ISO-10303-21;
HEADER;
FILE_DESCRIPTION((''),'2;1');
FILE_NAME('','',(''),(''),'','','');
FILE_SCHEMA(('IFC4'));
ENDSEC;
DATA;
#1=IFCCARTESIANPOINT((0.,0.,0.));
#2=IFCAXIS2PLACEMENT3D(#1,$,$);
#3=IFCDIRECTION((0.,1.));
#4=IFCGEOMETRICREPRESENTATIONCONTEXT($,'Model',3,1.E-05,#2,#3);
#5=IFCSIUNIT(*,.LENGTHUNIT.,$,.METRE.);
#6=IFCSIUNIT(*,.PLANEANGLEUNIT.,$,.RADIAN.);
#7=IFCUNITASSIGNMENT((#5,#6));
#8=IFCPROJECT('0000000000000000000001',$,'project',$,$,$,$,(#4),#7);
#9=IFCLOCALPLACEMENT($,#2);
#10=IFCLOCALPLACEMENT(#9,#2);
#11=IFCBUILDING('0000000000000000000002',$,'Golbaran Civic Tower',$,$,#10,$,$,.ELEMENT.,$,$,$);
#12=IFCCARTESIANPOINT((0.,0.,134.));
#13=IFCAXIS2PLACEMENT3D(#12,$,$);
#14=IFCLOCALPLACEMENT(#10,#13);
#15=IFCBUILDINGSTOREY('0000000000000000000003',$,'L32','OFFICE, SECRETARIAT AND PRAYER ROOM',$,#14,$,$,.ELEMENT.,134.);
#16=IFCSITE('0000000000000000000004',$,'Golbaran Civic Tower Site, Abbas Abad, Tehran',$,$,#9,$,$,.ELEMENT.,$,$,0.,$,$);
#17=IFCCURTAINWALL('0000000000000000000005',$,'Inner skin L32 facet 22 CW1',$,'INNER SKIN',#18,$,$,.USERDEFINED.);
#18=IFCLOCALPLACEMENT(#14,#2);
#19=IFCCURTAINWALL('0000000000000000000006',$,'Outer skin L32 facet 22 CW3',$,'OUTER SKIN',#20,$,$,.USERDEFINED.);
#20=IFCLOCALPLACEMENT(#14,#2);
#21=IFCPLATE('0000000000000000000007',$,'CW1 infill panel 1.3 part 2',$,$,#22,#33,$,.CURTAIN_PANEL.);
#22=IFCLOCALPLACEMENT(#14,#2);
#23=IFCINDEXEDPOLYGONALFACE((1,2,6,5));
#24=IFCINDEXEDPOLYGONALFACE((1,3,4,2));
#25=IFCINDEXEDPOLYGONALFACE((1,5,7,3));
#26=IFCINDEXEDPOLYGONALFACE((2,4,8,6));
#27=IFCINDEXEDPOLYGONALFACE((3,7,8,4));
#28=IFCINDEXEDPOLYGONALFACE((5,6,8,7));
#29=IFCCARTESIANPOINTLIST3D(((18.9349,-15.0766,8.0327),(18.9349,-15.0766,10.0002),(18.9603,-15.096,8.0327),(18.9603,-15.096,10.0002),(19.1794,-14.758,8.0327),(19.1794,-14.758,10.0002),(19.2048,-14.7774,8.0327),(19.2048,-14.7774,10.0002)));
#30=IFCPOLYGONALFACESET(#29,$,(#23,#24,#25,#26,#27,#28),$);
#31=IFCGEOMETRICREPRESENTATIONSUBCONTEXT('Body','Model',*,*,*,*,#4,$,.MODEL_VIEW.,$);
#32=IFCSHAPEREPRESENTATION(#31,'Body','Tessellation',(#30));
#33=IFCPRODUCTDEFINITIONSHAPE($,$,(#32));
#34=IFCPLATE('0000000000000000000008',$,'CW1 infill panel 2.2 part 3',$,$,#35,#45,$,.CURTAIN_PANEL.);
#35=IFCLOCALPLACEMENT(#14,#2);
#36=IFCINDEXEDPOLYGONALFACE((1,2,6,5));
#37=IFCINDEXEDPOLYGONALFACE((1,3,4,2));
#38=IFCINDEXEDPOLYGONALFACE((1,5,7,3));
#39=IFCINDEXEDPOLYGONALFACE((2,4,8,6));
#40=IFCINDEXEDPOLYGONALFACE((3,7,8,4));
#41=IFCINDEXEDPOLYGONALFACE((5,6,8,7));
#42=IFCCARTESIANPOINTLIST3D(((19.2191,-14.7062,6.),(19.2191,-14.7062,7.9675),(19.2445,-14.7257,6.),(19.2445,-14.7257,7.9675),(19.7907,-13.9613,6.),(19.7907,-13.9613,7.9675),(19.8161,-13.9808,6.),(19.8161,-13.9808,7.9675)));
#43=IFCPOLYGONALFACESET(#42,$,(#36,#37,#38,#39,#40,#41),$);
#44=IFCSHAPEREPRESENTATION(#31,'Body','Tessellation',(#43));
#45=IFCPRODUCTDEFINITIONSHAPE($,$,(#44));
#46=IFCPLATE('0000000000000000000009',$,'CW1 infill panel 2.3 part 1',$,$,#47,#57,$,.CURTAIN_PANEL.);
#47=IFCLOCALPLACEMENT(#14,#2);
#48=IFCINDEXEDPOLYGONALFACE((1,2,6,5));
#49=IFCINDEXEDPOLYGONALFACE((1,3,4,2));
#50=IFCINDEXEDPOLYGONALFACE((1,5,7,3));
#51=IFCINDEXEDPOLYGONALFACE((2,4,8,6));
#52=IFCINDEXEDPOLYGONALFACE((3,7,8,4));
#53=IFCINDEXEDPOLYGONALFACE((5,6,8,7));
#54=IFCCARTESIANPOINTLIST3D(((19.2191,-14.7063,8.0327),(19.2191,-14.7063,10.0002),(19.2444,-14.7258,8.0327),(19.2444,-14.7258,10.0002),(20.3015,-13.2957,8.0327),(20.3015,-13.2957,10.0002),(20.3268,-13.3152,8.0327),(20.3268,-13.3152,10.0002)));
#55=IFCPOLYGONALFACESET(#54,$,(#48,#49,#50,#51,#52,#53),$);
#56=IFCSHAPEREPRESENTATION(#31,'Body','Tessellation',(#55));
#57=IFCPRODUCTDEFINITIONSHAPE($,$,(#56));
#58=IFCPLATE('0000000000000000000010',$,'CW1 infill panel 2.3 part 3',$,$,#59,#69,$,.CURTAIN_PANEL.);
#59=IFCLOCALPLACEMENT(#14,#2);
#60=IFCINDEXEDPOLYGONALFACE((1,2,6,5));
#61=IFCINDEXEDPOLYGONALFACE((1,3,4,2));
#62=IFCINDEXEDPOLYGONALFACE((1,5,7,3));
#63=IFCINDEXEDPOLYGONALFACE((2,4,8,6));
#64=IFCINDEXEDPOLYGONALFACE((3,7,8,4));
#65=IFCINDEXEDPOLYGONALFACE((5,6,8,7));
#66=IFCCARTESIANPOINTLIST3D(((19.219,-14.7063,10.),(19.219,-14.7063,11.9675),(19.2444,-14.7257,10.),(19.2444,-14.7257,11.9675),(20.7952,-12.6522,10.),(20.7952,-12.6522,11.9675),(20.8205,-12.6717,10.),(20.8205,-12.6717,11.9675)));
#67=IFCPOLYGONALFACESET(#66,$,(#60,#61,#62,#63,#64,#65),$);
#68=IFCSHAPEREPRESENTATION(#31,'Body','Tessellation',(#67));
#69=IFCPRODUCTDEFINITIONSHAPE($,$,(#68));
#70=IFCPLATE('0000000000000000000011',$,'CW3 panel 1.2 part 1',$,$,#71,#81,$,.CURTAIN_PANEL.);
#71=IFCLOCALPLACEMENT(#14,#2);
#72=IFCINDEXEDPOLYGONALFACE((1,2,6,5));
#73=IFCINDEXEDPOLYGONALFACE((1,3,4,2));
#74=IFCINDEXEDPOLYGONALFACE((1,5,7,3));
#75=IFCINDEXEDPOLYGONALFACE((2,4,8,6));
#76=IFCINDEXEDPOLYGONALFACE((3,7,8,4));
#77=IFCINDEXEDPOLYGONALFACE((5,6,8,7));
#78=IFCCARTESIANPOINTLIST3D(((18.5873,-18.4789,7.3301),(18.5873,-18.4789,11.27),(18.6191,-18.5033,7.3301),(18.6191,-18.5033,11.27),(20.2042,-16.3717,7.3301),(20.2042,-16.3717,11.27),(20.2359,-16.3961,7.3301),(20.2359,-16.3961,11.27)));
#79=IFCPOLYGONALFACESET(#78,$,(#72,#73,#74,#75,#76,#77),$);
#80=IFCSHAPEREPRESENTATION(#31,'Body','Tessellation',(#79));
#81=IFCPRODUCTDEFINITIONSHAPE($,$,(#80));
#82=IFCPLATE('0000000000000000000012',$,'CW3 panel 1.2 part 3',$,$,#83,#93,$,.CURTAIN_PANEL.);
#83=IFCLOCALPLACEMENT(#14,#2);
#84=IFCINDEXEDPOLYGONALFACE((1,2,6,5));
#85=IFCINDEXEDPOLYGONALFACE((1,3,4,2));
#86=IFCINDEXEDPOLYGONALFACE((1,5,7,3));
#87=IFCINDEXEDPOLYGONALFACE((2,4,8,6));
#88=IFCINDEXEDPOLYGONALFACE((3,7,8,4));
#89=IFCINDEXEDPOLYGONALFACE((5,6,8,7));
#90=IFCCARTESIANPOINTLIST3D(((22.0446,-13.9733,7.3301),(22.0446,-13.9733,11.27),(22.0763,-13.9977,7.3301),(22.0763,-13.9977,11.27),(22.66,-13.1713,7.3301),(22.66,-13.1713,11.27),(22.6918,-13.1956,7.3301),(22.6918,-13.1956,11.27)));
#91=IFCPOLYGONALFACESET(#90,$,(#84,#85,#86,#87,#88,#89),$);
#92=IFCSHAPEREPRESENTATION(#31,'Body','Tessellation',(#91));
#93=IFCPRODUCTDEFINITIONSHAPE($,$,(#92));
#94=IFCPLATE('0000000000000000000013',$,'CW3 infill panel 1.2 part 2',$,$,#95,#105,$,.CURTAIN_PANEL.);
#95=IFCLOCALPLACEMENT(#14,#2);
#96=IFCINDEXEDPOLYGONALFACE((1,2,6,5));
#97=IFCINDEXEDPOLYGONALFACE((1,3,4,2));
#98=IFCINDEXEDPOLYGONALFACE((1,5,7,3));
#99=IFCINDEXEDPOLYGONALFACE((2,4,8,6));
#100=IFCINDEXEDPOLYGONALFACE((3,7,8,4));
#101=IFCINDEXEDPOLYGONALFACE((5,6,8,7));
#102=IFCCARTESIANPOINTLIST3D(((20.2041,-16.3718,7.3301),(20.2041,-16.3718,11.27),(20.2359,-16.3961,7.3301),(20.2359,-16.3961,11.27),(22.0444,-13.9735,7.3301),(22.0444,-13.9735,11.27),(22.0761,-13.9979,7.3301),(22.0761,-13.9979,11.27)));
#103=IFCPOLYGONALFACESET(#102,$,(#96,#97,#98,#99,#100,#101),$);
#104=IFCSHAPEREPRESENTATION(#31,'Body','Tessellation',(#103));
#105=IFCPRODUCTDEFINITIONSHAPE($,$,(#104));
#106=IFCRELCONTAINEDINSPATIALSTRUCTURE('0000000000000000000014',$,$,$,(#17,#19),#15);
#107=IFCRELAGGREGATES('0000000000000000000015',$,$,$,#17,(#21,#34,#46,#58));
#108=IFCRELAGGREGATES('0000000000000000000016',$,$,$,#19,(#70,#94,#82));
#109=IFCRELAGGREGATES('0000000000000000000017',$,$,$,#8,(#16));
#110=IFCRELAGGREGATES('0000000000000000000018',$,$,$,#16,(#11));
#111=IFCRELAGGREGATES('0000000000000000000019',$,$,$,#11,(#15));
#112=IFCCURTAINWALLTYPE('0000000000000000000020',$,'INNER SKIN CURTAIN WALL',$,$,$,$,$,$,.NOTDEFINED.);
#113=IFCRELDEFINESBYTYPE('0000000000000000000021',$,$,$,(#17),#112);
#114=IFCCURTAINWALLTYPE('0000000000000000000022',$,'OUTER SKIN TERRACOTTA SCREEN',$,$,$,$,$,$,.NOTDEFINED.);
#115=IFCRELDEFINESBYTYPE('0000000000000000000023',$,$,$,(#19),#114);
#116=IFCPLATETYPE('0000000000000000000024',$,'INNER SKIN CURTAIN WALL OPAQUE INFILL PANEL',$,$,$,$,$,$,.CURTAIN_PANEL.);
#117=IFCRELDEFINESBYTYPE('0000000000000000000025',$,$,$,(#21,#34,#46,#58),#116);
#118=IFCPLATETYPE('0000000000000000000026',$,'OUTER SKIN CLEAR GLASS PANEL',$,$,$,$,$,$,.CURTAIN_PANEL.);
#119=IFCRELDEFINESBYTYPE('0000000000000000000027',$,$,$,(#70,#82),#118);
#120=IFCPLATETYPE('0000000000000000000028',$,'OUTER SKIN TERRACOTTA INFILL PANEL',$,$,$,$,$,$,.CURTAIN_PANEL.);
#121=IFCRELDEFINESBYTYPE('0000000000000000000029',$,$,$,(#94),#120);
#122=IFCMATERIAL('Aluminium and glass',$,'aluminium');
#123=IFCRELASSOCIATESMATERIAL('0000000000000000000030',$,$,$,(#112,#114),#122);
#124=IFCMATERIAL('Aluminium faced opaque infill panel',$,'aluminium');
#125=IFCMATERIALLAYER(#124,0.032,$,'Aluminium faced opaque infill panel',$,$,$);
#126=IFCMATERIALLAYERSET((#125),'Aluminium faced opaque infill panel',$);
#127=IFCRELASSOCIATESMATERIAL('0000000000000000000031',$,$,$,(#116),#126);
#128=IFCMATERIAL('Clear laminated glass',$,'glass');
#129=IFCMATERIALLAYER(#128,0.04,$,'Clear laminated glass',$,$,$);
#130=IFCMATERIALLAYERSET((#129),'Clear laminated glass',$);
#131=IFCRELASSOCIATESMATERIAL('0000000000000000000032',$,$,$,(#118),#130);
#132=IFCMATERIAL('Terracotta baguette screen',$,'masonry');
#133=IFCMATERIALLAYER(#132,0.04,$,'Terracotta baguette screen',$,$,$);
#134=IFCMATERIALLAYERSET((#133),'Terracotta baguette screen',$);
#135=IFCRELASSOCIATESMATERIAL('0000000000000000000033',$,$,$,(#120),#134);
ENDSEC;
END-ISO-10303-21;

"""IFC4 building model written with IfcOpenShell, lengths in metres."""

from ifc_helpers import new_model, si_unit, direction, frame, origin, origin_2d, place, context, subcontext, project, spatial, rectangle, extrude, material, layer, layer_set, type_object, element, aggregate, save


model = new_model("IFC4")

# Units and contexts
model_context = context("Model", 3, precision=1e-05, world=origin(), true_north=direction((0.0, 1.0)))
body_context = subcontext(model_context, "Body", "Model", "MODEL_VIEW")
ifc_project = project(units=[si_unit("LENGTHUNIT", "METRE"), si_unit("PLANEANGLEUNIT", "RADIAN")], contexts=[model_context])

# Site, building, storey
site_placement = place(None, origin())
site = spatial("IfcSite", under=ifc_project, at=site_placement, Name="Golbaran Civic Tower Site, Abbas Abad, Tehran", CompositionType="ELEMENT", RefElevation=0.0)
building_placement = place(site_placement, origin())
building = spatial("IfcBuilding", under=site, at=building_placement, Name="Golbaran Civic Tower", CompositionType="ELEMENT")
storey_placement = place(building_placement, frame((0.0, 0.0, 134.0)))
storey = spatial("IfcBuildingStorey", under=building, at=storey_placement, Name="L32", Description="OFFICE, SECRETARIAT AND PRAYER ROOM", CompositionType="ELEMENT", Elevation=134.0)

# Curtain wall
ifc_material_1 = material(Name="Aluminium and glass", Category="aluminium")
curtain_wall_type_1 = type_object("IfcCurtainWallType", Name="INNER SKIN CURTAIN WALL", PredefinedType="NOTDEFINED", material=ifc_material_1)
curtain_wall_1_placement = place(storey_placement, origin())
curtain_wall_1 = element("IfcCurtainWall", 1, at=curtain_wall_1_placement, inside=storey, type_object=curtain_wall_type_1, Name="Inner skin L32 facet 22 CW1", ObjectType="INNER SKIN", PredefinedType="USERDEFINED")

# Curtain wall
curtain_wall_type_2 = type_object("IfcCurtainWallType", Name="OUTER SKIN TERRACOTTA SCREEN", PredefinedType="NOTDEFINED", material=ifc_material_1)
curtain_wall_2_placement = place(storey_placement, origin())
curtain_wall_2 = element("IfcCurtainWall", 2, at=curtain_wall_2_placement, inside=storey, type_object=curtain_wall_type_2, Name="Outer skin L32 facet 22 CW3", ObjectType="OUTER SKIN", PredefinedType="USERDEFINED")

# Plates
ifc_material_2 = material(Name="Aluminium faced opaque infill panel", Category="aluminium")
ifc_layer_1 = layer(ifc_material_2, 0.032, Name="Aluminium faced opaque infill panel")
ifc_layer_set_1 = layer_set([ifc_layer_1], Name="Aluminium faced opaque infill panel")
plate_type_1 = type_object("IfcPlateType", Name="INNER SKIN CURTAIN WALL OPAQUE INFILL PANEL", PredefinedType="CURTAIN_PANEL", material=ifc_layer_set_1)
plate_1_placement = place(storey_placement, frame((19.0698, -14.927, 8.0327), z_axis=(0.0, 0.0, 1.0), x_axis=(0.608761, 0.793353, 0.0)))
plate_1 = element("IfcPlate", 3, at=plate_1_placement, type_object=plate_type_1, Name="CW1 infill panel 1.3 part 2", PredefinedType="CURTAIN_PANEL", context=body_context, shape_type="SweptSolid", body=[
    extrude(rectangle(XDim=0.4016, YDim=0.032, at=origin_2d()), origin(), (0.0, 0.0, 1.0), 1.9675),
])
plate_2_placement = place(storey_placement, frame((19.5176, -14.3435, 6.0), z_axis=(0.0, 0.0, 1.0), x_axis=(0.608761, 0.793353, 0.0)))
plate_2 = element("IfcPlate", 4, at=plate_2_placement, type_object=plate_type_1, Name="CW1 infill panel 2.2 part 3", PredefinedType="CURTAIN_PANEL", context=body_context, shape_type="SweptSolid", body=[
    extrude(rectangle(XDim=0.939, YDim=0.032, at=origin_2d()), origin(), (0.0, 0.0, 1.0), 1.9675),
])
plate_3_placement = place(storey_placement, frame((19.7729, -14.0107, 8.0327), z_axis=(0.0, 0.0, 1.0), x_axis=(0.608761, 0.793353, 0.0)))
plate_3 = element("IfcPlate", 5, at=plate_3_placement, type_object=plate_type_1, Name="CW1 infill panel 2.3 part 1", PredefinedType="CURTAIN_PANEL", context=body_context, shape_type="SweptSolid", body=[
    extrude(rectangle(XDim=1.7781, YDim=0.032, at=origin_2d()), origin(), (0.0, 0.0, 1.0), 1.9675),
])
plate_4_placement = place(storey_placement, frame((20.0198, -13.689, 10.0), z_axis=(0.0, 0.0, 1.0), x_axis=(0.608761, 0.793353, 0.0)))
plate_4 = element("IfcPlate", 6, at=plate_4_placement, type_object=plate_type_1, Name="CW1 infill panel 2.3 part 3", PredefinedType="CURTAIN_PANEL", context=body_context, shape_type="SweptSolid", body=[
    extrude(rectangle(XDim=2.5891, YDim=0.032, at=origin_2d()), origin(), (0.0, 0.0, 1.0), 1.9675),
])
aggregate(curtain_wall_1, [plate_1, plate_2, plate_3, plate_4])
ifc_material_3 = material(Name="Clear laminated glass", Category="glass")
ifc_layer_2 = layer(ifc_material_3, 0.04, Name="Clear laminated glass")
ifc_layer_set_2 = layer_set([ifc_layer_2], Name="Clear laminated glass")
plate_type_2 = type_object("IfcPlateType", Name="OUTER SKIN CLEAR GLASS PANEL", PredefinedType="CURTAIN_PANEL", material=ifc_layer_set_2)
plate_5_placement = place(storey_placement, frame((19.4116, -17.4375, 7.3301), z_axis=(0.0, 0.0, 1.0), x_axis=(0.608761, 0.793353, 0.0)))
plate_5 = element("IfcPlate", 7, at=plate_5_placement, type_object=plate_type_2, Name="CW3 panel 1.2 part 1", PredefinedType="CURTAIN_PANEL", context=body_context, shape_type="SweptSolid", body=[
    extrude(rectangle(XDim=2.656, YDim=0.04, at=origin_2d()), origin(), (0.0, 0.0, 1.0), 3.9399),
])
plate_6_placement = place(storey_placement, frame((22.3682, -13.5845, 7.3301), z_axis=(0.0, 0.0, 1.0), x_axis=(0.608761, 0.793353, 0.0)))
plate_6 = element("IfcPlate", 8, at=plate_6_placement, type_object=plate_type_2, Name="CW3 panel 1.2 part 3", PredefinedType="CURTAIN_PANEL", context=body_context, shape_type="SweptSolid", body=[
    extrude(rectangle(XDim=1.011, YDim=0.04, at=origin_2d()), origin(), (0.0, 0.0, 1.0), 3.9399),
])
ifc_material_4 = material(Name="Terracotta baguette screen", Category="masonry")
ifc_layer_3 = layer(ifc_material_4, 0.04, Name="Terracotta baguette screen")
ifc_layer_set_3 = layer_set([ifc_layer_3], Name="Terracotta baguette screen")
plate_type_3 = type_object("IfcPlateType", Name="OUTER SKIN TERRACOTTA INFILL PANEL", PredefinedType="CURTAIN_PANEL", material=ifc_layer_set_3)
plate_7_placement = place(storey_placement, frame((21.1401, -15.1848, 7.3301), z_axis=(0.0, 0.0, 1.0), x_axis=(0.608761, 0.793353, 0.0)))
plate_7 = element("IfcPlate", 9, at=plate_7_placement, type_object=plate_type_3, Name="CW3 infill panel 1.2 part 2", PredefinedType="CURTAIN_PANEL", context=body_context, shape_type="SweptSolid", body=[
    extrude(rectangle(XDim=3.0229, YDim=0.04, at=origin_2d()), origin(), (0.0, 0.0, 1.0), 3.9399),
])
aggregate(curtain_wall_2, [plate_5, plate_7, plate_6])

save(model, "model.ifc")
